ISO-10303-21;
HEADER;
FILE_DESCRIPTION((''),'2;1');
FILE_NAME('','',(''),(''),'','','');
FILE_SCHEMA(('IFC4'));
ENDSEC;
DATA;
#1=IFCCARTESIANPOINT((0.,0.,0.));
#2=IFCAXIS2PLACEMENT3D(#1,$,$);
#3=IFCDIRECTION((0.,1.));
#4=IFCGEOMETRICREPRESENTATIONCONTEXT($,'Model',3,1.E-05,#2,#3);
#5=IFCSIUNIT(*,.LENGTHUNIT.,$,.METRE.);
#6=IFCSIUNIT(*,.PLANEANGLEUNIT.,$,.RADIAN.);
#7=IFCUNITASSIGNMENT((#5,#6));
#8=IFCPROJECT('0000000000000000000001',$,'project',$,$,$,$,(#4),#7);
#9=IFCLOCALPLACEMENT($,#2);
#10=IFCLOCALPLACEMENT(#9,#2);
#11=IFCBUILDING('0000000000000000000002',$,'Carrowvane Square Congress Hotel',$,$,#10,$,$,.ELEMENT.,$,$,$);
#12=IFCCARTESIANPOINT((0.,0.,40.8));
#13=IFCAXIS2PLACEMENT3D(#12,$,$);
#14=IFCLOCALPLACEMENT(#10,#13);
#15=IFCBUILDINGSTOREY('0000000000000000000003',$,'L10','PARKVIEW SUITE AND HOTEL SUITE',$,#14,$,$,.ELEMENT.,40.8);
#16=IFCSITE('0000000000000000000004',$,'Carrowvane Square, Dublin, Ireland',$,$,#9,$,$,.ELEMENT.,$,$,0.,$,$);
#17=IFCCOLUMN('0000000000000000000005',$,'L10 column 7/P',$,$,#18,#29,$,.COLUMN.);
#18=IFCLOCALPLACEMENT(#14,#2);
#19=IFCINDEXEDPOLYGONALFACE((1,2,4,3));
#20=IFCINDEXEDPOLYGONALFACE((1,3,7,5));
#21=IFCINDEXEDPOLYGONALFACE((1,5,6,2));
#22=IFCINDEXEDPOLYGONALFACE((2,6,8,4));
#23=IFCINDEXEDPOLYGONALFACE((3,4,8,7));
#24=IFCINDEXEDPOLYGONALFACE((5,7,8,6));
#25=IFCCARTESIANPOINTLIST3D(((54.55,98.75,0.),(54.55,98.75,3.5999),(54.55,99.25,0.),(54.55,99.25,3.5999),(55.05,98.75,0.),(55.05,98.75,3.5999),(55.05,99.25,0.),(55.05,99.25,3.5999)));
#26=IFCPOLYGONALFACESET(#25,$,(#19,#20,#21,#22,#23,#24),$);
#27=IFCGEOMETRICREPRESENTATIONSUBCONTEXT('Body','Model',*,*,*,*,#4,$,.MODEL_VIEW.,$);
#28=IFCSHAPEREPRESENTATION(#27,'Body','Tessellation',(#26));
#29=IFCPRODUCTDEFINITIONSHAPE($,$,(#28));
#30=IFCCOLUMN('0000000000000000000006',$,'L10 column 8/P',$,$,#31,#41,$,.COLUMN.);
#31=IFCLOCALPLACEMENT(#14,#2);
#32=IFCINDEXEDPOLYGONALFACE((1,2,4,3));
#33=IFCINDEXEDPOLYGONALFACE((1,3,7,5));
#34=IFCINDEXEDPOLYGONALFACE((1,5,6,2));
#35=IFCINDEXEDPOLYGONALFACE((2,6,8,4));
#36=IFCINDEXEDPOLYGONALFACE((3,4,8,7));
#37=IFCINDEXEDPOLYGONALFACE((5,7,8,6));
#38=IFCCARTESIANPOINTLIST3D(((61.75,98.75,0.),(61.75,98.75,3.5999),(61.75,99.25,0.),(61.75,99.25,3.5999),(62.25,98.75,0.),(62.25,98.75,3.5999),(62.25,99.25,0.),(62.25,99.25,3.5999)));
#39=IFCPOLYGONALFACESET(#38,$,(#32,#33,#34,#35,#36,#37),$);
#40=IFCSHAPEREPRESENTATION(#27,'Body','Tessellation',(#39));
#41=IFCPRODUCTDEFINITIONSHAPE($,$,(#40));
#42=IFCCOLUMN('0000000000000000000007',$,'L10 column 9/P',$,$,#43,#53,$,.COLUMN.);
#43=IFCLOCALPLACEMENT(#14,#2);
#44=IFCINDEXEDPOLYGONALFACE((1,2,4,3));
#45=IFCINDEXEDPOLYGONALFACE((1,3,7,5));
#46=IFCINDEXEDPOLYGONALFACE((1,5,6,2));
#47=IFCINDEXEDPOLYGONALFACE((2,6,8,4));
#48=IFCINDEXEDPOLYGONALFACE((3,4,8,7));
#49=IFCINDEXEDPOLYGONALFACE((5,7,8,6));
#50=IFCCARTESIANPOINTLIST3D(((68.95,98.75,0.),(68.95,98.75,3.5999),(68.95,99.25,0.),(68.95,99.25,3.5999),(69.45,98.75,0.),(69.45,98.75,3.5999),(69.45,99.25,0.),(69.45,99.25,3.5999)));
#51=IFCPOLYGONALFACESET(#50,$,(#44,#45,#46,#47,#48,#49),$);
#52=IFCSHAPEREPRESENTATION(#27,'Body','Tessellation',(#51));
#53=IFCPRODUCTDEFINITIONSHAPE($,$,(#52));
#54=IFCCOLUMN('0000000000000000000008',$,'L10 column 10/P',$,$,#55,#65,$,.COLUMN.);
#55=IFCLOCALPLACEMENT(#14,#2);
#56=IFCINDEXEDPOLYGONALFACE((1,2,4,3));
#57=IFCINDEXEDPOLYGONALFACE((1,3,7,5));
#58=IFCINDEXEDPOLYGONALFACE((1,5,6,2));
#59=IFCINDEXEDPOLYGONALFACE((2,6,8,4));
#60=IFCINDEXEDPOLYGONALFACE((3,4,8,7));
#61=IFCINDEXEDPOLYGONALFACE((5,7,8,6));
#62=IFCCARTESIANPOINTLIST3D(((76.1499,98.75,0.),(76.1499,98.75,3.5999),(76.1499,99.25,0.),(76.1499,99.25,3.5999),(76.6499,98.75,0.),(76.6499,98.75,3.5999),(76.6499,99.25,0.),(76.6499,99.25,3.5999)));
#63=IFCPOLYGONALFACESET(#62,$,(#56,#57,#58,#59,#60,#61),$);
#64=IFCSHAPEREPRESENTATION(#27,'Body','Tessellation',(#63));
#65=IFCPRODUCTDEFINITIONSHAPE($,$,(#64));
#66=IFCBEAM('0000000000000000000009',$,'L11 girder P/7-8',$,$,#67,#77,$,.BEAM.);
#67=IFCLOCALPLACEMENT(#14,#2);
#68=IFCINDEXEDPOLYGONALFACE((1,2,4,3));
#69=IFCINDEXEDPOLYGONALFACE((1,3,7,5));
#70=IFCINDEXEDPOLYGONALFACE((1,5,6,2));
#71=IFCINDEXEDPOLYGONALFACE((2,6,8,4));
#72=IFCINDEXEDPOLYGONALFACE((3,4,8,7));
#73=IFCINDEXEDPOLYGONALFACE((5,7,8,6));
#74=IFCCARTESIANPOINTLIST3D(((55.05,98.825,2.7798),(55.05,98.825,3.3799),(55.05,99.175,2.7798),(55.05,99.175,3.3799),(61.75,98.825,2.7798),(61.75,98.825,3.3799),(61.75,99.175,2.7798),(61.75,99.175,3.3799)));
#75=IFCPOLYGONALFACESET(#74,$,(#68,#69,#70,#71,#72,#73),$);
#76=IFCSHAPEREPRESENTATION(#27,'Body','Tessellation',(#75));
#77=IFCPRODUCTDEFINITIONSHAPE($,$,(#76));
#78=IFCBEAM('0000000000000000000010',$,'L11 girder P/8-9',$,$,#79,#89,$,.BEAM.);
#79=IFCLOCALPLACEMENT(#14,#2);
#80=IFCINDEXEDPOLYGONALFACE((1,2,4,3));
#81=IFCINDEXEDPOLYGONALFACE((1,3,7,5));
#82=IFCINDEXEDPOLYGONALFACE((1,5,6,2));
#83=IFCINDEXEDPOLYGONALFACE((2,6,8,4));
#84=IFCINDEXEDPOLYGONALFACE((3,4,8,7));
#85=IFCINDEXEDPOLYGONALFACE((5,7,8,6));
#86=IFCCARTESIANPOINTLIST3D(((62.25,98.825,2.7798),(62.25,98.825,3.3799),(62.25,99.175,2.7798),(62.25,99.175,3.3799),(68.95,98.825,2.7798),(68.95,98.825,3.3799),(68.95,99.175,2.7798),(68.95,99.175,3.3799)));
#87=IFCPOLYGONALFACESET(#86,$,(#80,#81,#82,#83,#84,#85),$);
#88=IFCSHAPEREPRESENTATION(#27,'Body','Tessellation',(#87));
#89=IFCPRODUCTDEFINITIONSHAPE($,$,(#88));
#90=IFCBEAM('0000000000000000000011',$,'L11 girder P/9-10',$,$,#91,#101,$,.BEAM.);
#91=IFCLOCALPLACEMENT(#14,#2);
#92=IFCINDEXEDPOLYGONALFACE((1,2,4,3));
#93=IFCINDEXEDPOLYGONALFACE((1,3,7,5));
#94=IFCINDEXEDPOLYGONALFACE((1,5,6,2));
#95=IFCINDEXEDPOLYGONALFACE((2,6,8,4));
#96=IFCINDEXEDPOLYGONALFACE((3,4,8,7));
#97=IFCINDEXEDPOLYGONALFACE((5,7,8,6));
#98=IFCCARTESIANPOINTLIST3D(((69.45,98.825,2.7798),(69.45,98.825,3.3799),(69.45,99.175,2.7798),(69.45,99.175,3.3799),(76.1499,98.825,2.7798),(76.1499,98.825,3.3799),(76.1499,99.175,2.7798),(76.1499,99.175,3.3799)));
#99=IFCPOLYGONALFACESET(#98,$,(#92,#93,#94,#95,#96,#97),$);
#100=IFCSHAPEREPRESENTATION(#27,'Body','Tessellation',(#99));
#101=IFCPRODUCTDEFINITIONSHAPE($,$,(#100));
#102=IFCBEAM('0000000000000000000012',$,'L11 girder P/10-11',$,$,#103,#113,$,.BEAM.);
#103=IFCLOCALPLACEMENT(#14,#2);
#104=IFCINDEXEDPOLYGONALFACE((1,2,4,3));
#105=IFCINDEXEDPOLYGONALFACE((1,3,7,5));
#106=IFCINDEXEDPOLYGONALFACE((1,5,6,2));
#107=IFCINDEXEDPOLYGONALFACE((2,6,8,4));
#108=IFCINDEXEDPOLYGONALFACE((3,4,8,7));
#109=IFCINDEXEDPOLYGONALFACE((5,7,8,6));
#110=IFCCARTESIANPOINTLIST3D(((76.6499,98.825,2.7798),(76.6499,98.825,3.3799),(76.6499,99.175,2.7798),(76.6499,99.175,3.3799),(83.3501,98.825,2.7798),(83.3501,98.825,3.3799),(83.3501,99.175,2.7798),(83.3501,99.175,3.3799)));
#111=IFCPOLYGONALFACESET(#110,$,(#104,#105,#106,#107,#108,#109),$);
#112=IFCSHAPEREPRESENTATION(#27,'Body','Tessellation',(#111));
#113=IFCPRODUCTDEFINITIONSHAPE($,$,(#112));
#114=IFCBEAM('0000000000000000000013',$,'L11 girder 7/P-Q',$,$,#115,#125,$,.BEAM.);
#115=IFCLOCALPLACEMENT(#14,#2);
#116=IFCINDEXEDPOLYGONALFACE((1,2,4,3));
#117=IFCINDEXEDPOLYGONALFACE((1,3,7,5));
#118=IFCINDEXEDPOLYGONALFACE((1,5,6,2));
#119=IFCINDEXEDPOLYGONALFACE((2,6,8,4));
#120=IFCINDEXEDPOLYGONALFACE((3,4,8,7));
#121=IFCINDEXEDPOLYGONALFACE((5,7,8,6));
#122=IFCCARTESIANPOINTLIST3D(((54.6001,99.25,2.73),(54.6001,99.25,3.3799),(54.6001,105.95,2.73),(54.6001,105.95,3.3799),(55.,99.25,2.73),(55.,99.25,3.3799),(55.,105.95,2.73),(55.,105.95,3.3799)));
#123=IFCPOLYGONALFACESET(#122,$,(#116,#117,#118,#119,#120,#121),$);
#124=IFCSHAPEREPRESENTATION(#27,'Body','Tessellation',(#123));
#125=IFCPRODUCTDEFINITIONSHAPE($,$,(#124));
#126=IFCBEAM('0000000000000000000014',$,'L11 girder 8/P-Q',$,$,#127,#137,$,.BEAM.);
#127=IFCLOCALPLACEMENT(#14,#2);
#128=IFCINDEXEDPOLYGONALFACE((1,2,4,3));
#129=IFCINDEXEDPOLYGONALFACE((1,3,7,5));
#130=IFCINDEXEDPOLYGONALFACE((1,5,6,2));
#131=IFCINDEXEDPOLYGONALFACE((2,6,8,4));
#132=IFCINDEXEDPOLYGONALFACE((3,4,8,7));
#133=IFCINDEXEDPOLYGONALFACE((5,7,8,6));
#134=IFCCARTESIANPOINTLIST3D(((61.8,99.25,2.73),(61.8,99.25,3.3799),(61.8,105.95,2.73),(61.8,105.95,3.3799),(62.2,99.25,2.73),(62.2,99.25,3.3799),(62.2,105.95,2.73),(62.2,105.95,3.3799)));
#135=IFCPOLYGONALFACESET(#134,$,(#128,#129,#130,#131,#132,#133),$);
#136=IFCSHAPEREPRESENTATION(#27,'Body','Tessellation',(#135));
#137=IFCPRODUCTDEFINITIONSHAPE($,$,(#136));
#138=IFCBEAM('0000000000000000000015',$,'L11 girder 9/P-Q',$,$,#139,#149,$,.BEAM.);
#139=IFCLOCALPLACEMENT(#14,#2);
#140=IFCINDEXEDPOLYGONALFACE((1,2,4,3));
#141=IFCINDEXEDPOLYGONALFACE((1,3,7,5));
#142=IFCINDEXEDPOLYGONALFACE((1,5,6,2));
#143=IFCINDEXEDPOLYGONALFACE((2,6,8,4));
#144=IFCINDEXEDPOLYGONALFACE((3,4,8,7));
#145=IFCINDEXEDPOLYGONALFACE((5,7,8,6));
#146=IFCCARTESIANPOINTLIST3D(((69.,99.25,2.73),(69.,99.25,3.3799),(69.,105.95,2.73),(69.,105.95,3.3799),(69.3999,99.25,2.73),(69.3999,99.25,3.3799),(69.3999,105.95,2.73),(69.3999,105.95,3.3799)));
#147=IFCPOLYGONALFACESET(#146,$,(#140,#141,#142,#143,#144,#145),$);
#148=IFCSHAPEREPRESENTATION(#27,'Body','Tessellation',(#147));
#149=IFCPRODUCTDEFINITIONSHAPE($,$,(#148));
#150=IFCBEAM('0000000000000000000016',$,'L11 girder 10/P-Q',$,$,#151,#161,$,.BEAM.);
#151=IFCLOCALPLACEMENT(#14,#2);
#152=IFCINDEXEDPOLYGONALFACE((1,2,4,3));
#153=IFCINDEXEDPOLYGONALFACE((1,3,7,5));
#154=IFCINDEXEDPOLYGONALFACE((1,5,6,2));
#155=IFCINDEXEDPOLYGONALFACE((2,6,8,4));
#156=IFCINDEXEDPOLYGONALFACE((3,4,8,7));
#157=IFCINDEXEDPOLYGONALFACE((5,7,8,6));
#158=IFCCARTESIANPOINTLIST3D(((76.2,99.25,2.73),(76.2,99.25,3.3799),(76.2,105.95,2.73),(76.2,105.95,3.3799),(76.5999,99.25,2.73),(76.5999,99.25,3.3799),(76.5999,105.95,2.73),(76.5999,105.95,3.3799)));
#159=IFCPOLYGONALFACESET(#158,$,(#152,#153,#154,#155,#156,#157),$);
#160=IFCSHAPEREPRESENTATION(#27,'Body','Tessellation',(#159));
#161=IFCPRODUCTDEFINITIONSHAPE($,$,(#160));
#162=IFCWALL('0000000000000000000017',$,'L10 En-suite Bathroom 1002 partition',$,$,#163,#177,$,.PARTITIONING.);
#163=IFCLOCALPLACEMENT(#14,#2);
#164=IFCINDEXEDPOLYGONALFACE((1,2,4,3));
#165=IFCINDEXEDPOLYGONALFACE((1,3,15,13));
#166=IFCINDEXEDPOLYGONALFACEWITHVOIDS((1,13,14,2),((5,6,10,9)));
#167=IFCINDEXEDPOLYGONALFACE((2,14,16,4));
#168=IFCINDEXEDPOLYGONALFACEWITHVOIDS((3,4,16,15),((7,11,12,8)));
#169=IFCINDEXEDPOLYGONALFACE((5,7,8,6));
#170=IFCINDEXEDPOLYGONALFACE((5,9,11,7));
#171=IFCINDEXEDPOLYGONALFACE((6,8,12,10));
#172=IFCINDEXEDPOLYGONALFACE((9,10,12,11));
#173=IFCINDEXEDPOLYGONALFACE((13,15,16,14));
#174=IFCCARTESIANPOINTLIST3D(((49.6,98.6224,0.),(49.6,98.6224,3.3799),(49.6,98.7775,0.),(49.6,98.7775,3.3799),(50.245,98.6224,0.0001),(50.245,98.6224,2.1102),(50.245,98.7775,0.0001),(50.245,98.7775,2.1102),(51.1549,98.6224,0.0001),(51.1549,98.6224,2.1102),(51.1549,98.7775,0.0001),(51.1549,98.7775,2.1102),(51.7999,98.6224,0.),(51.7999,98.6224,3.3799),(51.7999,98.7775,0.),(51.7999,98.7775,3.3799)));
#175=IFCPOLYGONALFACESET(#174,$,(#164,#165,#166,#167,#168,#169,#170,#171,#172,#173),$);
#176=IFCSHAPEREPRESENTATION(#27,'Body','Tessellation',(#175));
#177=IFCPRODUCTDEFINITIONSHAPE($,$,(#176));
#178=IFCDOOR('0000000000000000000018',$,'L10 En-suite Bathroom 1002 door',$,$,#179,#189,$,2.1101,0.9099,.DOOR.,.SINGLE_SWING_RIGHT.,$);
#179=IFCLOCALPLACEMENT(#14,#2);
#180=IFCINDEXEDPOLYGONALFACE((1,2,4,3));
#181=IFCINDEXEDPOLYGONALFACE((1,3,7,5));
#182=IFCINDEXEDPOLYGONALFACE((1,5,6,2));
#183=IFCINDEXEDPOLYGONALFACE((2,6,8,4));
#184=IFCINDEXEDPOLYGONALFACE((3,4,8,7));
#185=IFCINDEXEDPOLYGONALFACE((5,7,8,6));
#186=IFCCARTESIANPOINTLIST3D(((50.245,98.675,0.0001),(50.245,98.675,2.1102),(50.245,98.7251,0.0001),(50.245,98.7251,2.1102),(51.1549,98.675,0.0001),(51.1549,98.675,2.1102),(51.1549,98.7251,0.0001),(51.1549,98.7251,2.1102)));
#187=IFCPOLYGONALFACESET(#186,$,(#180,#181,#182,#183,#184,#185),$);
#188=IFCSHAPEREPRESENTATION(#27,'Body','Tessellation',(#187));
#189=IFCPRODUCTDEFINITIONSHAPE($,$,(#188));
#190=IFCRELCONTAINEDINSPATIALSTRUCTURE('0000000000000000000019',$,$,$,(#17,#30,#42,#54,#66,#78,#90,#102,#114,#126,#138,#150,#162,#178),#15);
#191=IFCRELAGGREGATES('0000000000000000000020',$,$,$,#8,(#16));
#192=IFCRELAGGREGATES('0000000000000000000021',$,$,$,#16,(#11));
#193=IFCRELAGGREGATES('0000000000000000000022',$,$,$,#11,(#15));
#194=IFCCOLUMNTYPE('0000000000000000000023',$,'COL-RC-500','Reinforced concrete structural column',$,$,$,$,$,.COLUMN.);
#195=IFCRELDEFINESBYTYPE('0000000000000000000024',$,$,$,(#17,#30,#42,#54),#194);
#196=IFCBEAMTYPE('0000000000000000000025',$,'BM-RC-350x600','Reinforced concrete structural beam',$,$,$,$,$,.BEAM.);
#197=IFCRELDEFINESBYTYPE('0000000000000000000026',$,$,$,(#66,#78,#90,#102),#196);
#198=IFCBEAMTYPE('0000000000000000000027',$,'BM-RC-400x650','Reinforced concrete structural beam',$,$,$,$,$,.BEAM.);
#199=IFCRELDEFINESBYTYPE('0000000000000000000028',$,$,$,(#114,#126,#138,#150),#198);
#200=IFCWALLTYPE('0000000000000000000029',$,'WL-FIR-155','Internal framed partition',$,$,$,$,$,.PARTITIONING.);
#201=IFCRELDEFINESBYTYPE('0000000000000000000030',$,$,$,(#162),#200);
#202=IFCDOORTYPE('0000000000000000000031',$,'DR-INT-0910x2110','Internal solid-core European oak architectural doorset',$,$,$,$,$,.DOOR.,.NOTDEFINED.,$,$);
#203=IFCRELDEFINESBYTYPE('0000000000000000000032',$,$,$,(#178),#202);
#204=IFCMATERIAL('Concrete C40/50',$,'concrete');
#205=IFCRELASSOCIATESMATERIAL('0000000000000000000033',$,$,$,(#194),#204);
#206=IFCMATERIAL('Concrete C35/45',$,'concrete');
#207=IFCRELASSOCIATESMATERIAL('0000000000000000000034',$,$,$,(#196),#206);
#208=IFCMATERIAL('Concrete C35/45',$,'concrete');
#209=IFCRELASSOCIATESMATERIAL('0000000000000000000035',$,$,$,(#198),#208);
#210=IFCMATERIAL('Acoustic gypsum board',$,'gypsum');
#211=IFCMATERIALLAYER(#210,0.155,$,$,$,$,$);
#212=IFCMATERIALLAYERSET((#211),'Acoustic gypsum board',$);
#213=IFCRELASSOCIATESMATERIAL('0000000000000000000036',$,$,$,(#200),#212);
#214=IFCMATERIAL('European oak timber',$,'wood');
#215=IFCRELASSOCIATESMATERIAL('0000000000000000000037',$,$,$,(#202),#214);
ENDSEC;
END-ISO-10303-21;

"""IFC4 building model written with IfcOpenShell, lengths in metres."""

from ifc_helpers import new_model, si_unit, direction, frame, frame_2d, origin, origin_2d, place, context, subcontext, project, spatial, rectangle, extrude, material, layer, layer_set, material_profile, profile_set, type_object, element, fill, save


model = new_model("IFC4")

# Units and contexts
model_context = context("Model", 3, precision=1e-05, world=origin(), true_north=direction((0.0, 1.0)))
body_context = subcontext(model_context, "Body", "Model", "MODEL_VIEW")
ifc_project = project(units=[si_unit("LENGTHUNIT", "METRE"), si_unit("PLANEANGLEUNIT", "RADIAN")], contexts=[model_context])

# Site, building, storey
site_placement = place(None, origin())
site = spatial("IfcSite", under=ifc_project, at=site_placement, Name="Carrowvane Square, Dublin, Ireland", CompositionType="ELEMENT", RefElevation=0.0)
building_placement = place(site_placement, origin())
building = spatial("IfcBuilding", under=site, at=building_placement, Name="Carrowvane Square Congress Hotel", CompositionType="ELEMENT")
storey_placement = place(building_placement, frame((0.0, 0.0, 40.8)))
storey = spatial("IfcBuildingStorey", under=building, at=storey_placement, Name="L10", Description="PARKVIEW SUITE AND HOTEL SUITE", CompositionType="ELEMENT", Elevation=40.8)

# Columns
ifc_material_1 = material(Name="Concrete C40/50", Category="concrete")
ifc_material_profile_1 = material_profile(ifc_material_1, rectangle(XDim=0.5, YDim=0.5, at=origin_2d()), Name="RC 500x500")
ifc_profile_set_1 = profile_set([ifc_material_profile_1], Name="Concrete C40/50")
column_type = type_object("IfcColumnType", Name="COL-RC-500", Description="Reinforced concrete structural column", PredefinedType="COLUMN", material=ifc_profile_set_1)
for number, where, z_axis, x_axis, name in (
    (1, (54.8, 99.0, 0.0), (0.0, 0.0, 1.0), (1.0, 0.0, 0.0), "L10 column 7/P"),
    (2, (62.0, 99.0, 0.0), (0.0, 0.0, 1.0), (1.0, 0.0, 0.0), "L10 column 8/P"),
    (3, (69.2, 99.0, 0.0), (0.0, 0.0, 1.0), (1.0, 0.0, 0.0), "L10 column 9/P"),
    (4, (76.3999, 99.0, 0.0), (0.0, 0.0, 1.0), (1.0, 0.0, 0.0), "L10 column 10/P"),
):
    element("IfcColumn", number, at=place(storey_placement, frame(where, z_axis=z_axis, x_axis=x_axis)), inside=storey, type_object=column_type, Name=name, PredefinedType="COLUMN", context=body_context, shape_type="SweptSolid", body=[
        extrude(rectangle(XDim=0.5, YDim=0.5, at=origin_2d()), origin(), (0.0, 0.0, 1.0), 3.5999),
    ])

# Beams
ifc_material_2 = material(Name="Concrete C35/45", Category="concrete")
ifc_material_profile_2 = material_profile(ifc_material_2, rectangle(XDim=0.3501, YDim=0.6001, at=origin_2d()), Name="RC 350x600")
ifc_profile_set_2 = profile_set([ifc_material_profile_2], Name="Concrete C35/45")
beam_type_1 = type_object("IfcBeamType", Name="BM-RC-350x600", Description="Reinforced concrete structural beam", PredefinedType="BEAM", material=ifc_profile_set_2)
for number, where, z_axis, x_axis, name in (
    (5, (55.05, 99.0, 3.0798), (1.0, 0.0, 0.0), (0.0, 1.0, 0.0), "L11 girder P/7-8"),
    (6, (62.25, 99.0, 3.0798), (1.0, 0.0, 0.0), (0.0, 1.0, 0.0), "L11 girder P/8-9"),
    (7, (69.45, 99.0, 3.0798), (1.0, 0.0, 0.0), (0.0, 1.0, 0.0), "L11 girder P/9-10"),
):
    element("IfcBeam", number, at=place(storey_placement, frame(where, z_axis=z_axis, x_axis=x_axis)), inside=storey, type_object=beam_type_1, Name=name, PredefinedType="BEAM", context=body_context, shape_type="SweptSolid", body=[
        extrude(rectangle(XDim=0.3501, YDim=0.6001, at=origin_2d()), origin(), (0.0, 0.0, 1.0), 6.7),
    ])
beam_placement = place(storey_placement, frame((76.6499, 99.0, 3.0798), z_axis=(1.0, 0.0, 0.0), x_axis=(0.0, 1.0, 0.0)))
element("IfcBeam", 8, at=beam_placement, inside=storey, type_object=beam_type_1, Name="L11 girder P/10-11", PredefinedType="BEAM", context=body_context, shape_type="SweptSolid", body=[
    extrude(rectangle(XDim=0.3501, YDim=0.6001, at=origin_2d()), origin(), (0.0, 0.0, 1.0), 6.7002),
])
ifc_material_3 = material(Name="Concrete C35/45", Category="concrete")
ifc_material_profile_3 = material_profile(ifc_material_3, rectangle(XDim=0.3999, YDim=0.6499, at=origin_2d()), Name="RC 400x650")
ifc_profile_set_3 = profile_set([ifc_material_profile_3], Name="Concrete C35/45")
beam_type_2 = type_object("IfcBeamType", Name="BM-RC-400x650", Description="Reinforced concrete structural beam", PredefinedType="BEAM", material=ifc_profile_set_3)
for number, where, z_axis, x_axis, name in (
    (9, (54.8, 99.25, 3.0549), (0.0, 1.0, 0.0), (-1.0, 0.0, 0.0), "L11 girder 7/P-Q"),
    (10, (62.0, 99.25, 3.0549), (0.0, 1.0, 0.0), (-1.0, 0.0, 0.0), "L11 girder 8/P-Q"),
    (11, (69.2, 99.25, 3.0549), (0.0, 1.0, 0.0), (-1.0, 0.0, 0.0), "L11 girder 9/P-Q"),
    (12, (76.3999, 99.25, 3.0549), (0.0, 1.0, 0.0), (-1.0, 0.0, 0.0), "L11 girder 10/P-Q"),
):
    element("IfcBeam", number, at=place(storey_placement, frame(where, z_axis=z_axis, x_axis=x_axis)), inside=storey, type_object=beam_type_2, Name=name, PredefinedType="BEAM", context=body_context, shape_type="SweptSolid", body=[
        extrude(rectangle(XDim=0.3999, YDim=0.6499, at=origin_2d()), origin(), (0.0, 0.0, 1.0), 6.7),
    ])

# Wall, opening, door
ifc_material_4 = material(Name="Acoustic gypsum board", Category="gypsum")
ifc_layer_1 = layer(ifc_material_4, 0.155)
ifc_layer_set_1 = layer_set([ifc_layer_1], Name="Acoustic gypsum board")
wall_type_1 = type_object("IfcWallType", Name="WL-FIR-155", Description="Internal framed partition", PredefinedType="PARTITIONING", material=ifc_layer_set_1)
wall_1_placement = place(storey_placement, frame((51.8, 98.7, 0.0), z_axis=(0.0, 0.0, 1.0), x_axis=(-1.0, 0.0, 0.0)))
wall_1 = element("IfcWall", 13, at=wall_1_placement, inside=storey, type_object=wall_type_1, Name="L10 En-suite Bathroom 1002 partition", PredefinedType="PARTITIONING", context=body_context, shape_type="SweptSolid", body=[
    extrude(rectangle(XDim=2.2, YDim=0.155, at=frame_2d((1.1001, 0.0))), origin(), (0.0, 0.0, 1.0), 3.3799),
])
opening_1_placement = place(wall_1_placement, frame((0.645, 0.0, 0.0)))
opening_1 = element("IfcOpeningElement", 14, at=opening_1_placement, cuts=wall_1, PredefinedType="OPENING", context=body_context, shape_type="SweptSolid", body=[
    extrude(rectangle(XDim=0.9099, YDim=2.1101, at=frame_2d((0.4551, 1.0552))), frame((0.0, 0.0874, 0.0), z_axis=(0.0, -1.0, 0.0), x_axis=(1.0, 0.0, 0.0)), (0.0, 0.0, 1.0), 0.175),
])
ifc_material_5 = material(Name="European oak timber", Category="wood")
door_type_1 = type_object("IfcDoorType", Name="DR-INT-0910x2110", Description="Internal solid-core European oak architectural doorset", OperationType="NOTDEFINED", PredefinedType="DOOR", material=ifc_material_5)
door_1_placement = place(opening_1_placement, origin())
door_1 = element("IfcDoor", 15, at=door_1_placement, inside=storey, type_object=door_type_1, Name="L10 En-suite Bathroom 1002 door", OperationType="SINGLE_SWING_RIGHT", OverallHeight=2.1101, OverallWidth=0.9099, PredefinedType="DOOR", context=body_context, shape_type="SweptSolid", body=[
    extrude(rectangle(XDim=0.9099, YDim=2.1101, at=frame_2d((0.4551, 1.0552))), frame((0.0, 0.0249, 0.0), z_axis=(0.0, -1.0, 0.0), x_axis=(1.0, 0.0, 0.0)), (0.0, 0.0, 1.0), 0.05),
])
fill(opening_1, door_1)

save(model, "model.ifc")
